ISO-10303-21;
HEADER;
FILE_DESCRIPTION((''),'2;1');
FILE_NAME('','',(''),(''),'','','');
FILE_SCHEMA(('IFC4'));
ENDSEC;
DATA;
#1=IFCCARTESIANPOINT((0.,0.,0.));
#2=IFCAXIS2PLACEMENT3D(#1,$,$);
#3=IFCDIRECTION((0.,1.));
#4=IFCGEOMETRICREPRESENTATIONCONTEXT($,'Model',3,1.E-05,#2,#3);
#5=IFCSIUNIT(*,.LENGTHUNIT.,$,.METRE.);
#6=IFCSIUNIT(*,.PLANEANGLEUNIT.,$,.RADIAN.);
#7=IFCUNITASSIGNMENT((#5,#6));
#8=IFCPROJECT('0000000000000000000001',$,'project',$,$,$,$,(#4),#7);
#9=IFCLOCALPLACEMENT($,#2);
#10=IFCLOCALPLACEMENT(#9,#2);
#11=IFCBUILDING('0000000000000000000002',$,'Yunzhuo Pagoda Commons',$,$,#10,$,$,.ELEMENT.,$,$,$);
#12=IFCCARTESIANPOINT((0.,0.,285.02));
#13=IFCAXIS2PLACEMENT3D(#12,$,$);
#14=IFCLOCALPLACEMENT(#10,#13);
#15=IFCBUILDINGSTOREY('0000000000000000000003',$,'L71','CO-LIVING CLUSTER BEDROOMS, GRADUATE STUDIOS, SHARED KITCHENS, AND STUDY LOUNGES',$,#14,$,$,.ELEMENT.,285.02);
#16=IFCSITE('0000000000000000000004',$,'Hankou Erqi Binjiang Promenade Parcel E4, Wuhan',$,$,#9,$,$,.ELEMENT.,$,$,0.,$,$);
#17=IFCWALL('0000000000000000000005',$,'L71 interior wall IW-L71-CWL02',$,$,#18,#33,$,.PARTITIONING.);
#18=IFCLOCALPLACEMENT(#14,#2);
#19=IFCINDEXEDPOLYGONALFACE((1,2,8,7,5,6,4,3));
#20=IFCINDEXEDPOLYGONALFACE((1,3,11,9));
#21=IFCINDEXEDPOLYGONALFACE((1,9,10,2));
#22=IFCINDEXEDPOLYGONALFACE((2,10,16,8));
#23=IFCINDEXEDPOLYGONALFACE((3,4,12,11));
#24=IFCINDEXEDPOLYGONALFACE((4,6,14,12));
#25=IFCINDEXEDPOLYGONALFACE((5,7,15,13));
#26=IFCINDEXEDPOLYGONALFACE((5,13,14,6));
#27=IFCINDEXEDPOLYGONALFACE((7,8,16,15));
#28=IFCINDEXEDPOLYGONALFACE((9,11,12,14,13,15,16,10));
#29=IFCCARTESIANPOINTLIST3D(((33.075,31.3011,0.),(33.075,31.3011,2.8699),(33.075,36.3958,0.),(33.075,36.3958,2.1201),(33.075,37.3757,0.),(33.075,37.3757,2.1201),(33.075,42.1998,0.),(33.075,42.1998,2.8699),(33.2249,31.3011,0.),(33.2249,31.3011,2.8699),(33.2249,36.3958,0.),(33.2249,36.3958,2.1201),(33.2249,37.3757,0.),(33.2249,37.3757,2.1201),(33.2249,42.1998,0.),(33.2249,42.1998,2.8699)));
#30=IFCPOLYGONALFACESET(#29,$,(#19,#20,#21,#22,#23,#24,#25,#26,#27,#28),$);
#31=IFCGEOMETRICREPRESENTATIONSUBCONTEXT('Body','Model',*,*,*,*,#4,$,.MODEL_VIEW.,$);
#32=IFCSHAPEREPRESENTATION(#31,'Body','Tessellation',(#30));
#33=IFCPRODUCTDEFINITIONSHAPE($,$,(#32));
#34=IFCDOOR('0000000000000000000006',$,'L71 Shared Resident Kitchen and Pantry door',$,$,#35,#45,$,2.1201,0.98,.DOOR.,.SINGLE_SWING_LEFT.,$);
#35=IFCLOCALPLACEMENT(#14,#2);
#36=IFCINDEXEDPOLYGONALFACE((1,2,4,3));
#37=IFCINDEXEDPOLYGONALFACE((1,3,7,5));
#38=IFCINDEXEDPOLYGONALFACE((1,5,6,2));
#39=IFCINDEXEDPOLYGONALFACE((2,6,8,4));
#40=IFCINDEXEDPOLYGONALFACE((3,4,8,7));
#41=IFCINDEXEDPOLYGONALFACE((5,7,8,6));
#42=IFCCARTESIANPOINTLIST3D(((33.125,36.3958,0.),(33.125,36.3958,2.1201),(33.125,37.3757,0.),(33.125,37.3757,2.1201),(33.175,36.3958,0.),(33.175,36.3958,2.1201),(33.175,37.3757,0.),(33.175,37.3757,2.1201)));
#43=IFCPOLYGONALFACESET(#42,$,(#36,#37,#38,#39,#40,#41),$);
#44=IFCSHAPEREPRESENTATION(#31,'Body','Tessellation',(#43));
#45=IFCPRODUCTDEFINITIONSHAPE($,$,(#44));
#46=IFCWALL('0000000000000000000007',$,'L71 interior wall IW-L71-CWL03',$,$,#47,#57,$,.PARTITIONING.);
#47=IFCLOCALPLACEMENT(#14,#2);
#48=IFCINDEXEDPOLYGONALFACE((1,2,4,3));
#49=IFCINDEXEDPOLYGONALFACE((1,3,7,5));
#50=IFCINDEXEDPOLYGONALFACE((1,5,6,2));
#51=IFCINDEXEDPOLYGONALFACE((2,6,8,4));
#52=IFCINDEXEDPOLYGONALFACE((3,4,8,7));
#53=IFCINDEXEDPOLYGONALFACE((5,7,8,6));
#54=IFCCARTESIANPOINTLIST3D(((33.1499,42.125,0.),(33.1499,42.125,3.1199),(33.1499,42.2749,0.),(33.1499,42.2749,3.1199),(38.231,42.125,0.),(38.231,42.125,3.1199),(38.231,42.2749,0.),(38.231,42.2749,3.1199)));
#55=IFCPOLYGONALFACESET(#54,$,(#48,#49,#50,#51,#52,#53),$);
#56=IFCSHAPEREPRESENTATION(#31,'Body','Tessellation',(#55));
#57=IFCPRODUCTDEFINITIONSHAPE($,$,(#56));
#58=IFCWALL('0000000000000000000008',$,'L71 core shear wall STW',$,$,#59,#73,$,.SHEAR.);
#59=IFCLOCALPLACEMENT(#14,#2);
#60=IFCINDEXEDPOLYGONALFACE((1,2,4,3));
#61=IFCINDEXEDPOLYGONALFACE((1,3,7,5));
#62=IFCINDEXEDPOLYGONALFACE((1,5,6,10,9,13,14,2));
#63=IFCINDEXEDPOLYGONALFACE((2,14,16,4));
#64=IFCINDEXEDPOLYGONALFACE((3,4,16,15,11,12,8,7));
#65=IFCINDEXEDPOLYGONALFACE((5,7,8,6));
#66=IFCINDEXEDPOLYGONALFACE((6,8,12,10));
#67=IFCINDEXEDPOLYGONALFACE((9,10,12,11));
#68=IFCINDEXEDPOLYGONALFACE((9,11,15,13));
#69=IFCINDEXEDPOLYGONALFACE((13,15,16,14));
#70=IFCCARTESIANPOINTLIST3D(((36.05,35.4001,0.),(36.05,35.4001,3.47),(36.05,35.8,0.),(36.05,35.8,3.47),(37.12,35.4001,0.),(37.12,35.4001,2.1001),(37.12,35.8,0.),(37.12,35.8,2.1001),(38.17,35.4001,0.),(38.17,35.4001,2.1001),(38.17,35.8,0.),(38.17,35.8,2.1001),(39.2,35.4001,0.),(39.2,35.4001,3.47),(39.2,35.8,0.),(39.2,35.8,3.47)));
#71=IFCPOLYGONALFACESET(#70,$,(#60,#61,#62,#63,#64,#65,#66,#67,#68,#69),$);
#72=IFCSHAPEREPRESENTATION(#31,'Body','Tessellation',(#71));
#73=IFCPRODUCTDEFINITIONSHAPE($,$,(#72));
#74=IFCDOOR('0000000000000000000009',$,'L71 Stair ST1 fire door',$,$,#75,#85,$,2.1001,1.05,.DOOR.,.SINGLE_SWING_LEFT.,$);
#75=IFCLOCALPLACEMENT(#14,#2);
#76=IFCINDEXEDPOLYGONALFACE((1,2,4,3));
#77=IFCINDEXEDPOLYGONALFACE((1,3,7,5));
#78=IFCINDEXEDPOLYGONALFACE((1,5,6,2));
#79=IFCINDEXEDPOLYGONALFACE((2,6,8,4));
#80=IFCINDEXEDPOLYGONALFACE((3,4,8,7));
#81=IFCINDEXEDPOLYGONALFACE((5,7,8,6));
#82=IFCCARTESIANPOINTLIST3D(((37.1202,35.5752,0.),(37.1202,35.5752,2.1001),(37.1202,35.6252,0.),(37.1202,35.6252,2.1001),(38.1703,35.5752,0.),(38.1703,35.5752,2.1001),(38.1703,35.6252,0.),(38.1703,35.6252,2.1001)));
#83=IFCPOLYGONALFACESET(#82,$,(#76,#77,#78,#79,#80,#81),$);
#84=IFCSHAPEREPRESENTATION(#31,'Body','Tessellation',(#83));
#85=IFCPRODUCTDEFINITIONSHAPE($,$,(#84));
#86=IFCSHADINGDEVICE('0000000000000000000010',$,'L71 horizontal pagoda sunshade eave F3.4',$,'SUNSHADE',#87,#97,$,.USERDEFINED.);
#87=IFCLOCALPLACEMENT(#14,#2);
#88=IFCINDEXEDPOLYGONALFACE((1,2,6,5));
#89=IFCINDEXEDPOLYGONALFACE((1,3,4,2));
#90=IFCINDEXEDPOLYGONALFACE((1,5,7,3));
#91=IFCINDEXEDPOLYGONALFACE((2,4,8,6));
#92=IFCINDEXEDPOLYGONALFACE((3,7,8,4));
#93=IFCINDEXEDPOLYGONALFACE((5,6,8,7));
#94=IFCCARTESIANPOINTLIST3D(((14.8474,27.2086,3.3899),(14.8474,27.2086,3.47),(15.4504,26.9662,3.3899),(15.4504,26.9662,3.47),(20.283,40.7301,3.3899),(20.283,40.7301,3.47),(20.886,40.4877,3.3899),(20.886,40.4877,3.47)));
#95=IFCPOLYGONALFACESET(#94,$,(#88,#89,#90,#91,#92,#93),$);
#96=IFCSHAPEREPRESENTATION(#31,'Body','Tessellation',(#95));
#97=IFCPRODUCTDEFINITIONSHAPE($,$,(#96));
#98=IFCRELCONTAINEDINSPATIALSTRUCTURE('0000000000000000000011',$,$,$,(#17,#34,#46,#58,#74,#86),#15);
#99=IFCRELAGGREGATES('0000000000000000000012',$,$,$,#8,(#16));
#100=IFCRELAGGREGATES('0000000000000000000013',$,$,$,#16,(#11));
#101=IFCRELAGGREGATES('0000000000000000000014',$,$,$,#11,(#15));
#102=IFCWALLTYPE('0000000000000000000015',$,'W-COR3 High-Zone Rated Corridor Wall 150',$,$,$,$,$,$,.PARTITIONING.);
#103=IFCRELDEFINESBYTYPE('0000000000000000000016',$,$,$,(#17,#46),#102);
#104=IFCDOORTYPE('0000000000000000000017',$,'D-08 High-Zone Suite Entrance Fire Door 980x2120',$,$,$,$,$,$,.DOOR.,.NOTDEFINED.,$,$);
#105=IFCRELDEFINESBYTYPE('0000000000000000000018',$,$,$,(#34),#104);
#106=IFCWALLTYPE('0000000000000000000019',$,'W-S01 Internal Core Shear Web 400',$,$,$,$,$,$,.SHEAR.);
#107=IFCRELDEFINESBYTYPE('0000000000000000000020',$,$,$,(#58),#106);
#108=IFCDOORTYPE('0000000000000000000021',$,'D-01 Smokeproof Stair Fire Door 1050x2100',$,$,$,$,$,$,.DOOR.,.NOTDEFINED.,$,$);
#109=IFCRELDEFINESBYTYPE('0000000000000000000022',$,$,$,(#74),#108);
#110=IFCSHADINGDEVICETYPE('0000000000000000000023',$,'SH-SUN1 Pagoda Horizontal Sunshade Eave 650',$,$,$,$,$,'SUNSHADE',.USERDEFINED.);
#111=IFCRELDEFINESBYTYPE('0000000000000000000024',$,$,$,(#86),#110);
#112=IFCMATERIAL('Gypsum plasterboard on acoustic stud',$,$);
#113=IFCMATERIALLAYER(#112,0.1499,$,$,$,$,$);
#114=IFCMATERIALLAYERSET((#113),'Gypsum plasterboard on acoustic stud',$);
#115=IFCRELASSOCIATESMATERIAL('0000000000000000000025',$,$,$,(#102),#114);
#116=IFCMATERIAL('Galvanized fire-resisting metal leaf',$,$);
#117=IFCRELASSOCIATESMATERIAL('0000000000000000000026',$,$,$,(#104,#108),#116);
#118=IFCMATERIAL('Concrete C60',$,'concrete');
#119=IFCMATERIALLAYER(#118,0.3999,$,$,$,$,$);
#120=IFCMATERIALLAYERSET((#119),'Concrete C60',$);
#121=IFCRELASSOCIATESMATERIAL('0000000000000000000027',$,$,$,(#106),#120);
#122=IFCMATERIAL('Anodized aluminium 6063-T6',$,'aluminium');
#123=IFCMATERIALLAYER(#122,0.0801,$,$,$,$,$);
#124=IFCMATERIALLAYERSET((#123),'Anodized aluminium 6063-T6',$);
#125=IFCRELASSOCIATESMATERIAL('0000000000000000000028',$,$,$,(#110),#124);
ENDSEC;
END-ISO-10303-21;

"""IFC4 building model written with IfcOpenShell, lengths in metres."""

from ifc_helpers import new_model, si_unit, direction, frame, frame_2d, origin, origin_with_axes, origin_2d, place, context, subcontext, project, spatial, rectangle, extrude, source, transform, mapped, material, layer, layer_set, type_object, element, fill, save


model = new_model("IFC4")

# Units and contexts
model_context = context("Model", 3, precision=1e-05, world=origin(), true_north=direction((0.0, 1.0)))
body_context = subcontext(model_context, "Body", "Model", "MODEL_VIEW")
ifc_project = project(units=[si_unit("LENGTHUNIT", "METRE"), si_unit("PLANEANGLEUNIT", "RADIAN")], contexts=[model_context])

# Site, building, storey
site_placement = place(None, origin())
site = spatial("IfcSite", under=ifc_project, at=site_placement, Name="Hankou Erqi Binjiang Promenade Parcel E4, Wuhan", CompositionType="ELEMENT", RefElevation=0.0)
building_placement = place(site_placement, origin())
building = spatial("IfcBuilding", under=site, at=building_placement, Name="Yunzhuo Pagoda Commons", CompositionType="ELEMENT")
storey_placement = place(building_placement, frame((0.0, 0.0, 285.02)))
storey = spatial("IfcBuildingStorey", under=building, at=storey_placement, Name="L71", Description="CO-LIVING CLUSTER BEDROOMS, GRADUATE STUDIOS, SHARED KITCHENS, AND STUDY LOUNGES", CompositionType="ELEMENT", Elevation=285.02)

# Shared definitions
ifc_material_1 = material(Name="Anodized aluminium 6063-T6", Category="aluminium")

# Wall, opening, door
ifc_material_2 = material(Name="Galvanized fire-resisting metal leaf")
shared_shape_1 = source(origin(), body_context, "Body", "SweptSolid", [
    extrude(rectangle(XDim=1.05, YDim=2.1001, at=frame_2d((0.5249, 1.05))), frame((0.0, 0.0249, 0.0), z_axis=(0.0, -1.0, 0.0), x_axis=(1.0, 0.0, 0.0)), (0.0, 0.0, 1.0), 0.05),
])
ifc_material_3 = material(Name="Gypsum plasterboard on acoustic stud")
ifc_layer_1 = layer(ifc_material_3, 0.1499)
ifc_layer_set_1 = layer_set([ifc_layer_1], Name="Gypsum plasterboard on acoustic stud")
wall_type_1 = type_object("IfcWallType", Name="W-COR3 High-Zone Rated Corridor Wall 150", PredefinedType="PARTITIONING", material=ifc_layer_set_1)
wall_1_placement = place(storey_placement, frame((33.1499, 31.3013, 0.0), z_axis=(0.0, 0.0, 1.0), x_axis=(0.0, 1.0, 0.0)))
wall_1 = element("IfcWall", 1, at=wall_1_placement, inside=storey, type_object=wall_type_1, Name="L71 interior wall IW-L71-CWL02", PredefinedType="PARTITIONING", context=body_context, shape_type="SweptSolid", body=[
    extrude(rectangle(XDim=10.8987, YDim=0.1499, at=frame_2d((5.4492, 0.0))), origin(), (0.0, 0.0, 1.0), 2.8699),
])
opening_1_placement = place(wall_1_placement, frame((5.0945, 0.0, 0.0)))
opening_1 = element("IfcOpeningElement", 2, at=opening_1_placement, cuts=wall_1, PredefinedType="OPENING", context=body_context, shape_type="SweptSolid", body=[
    extrude(rectangle(XDim=0.98, YDim=2.1201, at=frame_2d((0.49, 1.0601))), frame((0.0, 0.085, 0.0), z_axis=(0.0, -1.0, 0.0), x_axis=(1.0, 0.0, 0.0)), (0.0, 0.0, 1.0), 0.1699),
])
door_type_1 = type_object("IfcDoorType", Name="D-08 High-Zone Suite Entrance Fire Door 980x2120", OperationType="NOTDEFINED", PredefinedType="DOOR", material=ifc_material_2)
shared_shape_2 = source(origin(), body_context, "Body", "SweptSolid", [
    extrude(rectangle(XDim=0.98, YDim=2.1201, at=frame_2d((0.49, 1.0601))), frame((0.0, 0.0249, 0.0), z_axis=(0.0, -1.0, 0.0), x_axis=(1.0, 0.0, 0.0)), (0.0, 0.0, 1.0), 0.05),
])
door_1_placement = place(opening_1_placement, origin_with_axes())
door_1 = element("IfcDoor", 3, at=door_1_placement, inside=storey, type_object=door_type_1, Name="L71 Shared Resident Kitchen and Pantry door", OperationType="SINGLE_SWING_LEFT", OverallHeight=2.1201, OverallWidth=0.98, PredefinedType="DOOR", context=body_context, shape_type="MappedRepresentation", body=[
    mapped(shared_shape_2, transform((0.0, 0.0, 0.0), scale=1.0)),
])
fill(opening_1, door_1)

# Wall
wall_2_placement = place(storey_placement, frame((33.1499, 42.2, 0.0), z_axis=(0.0, 0.0, 1.0), x_axis=(1.0, 0.0, 0.0)))
element("IfcWall", 4, at=wall_2_placement, inside=storey, type_object=wall_type_1, Name="L71 interior wall IW-L71-CWL03", PredefinedType="PARTITIONING", context=body_context, shape_type="SweptSolid", body=[
    extrude(rectangle(XDim=5.0811, YDim=0.1499, at=frame_2d((2.5405, 0.0))), origin(), (0.0, 0.0, 1.0), 3.1199),
])

# Wall, opening, door
ifc_material_4 = material(Name="Concrete C60", Category="concrete")
ifc_layer_2 = layer(ifc_material_4, 0.3999)
ifc_layer_set_2 = layer_set([ifc_layer_2], Name="Concrete C60")
wall_type_2 = type_object("IfcWallType", Name="W-S01 Internal Core Shear Web 400", PredefinedType="SHEAR", material=ifc_layer_set_2)
wall_3_placement = place(storey_placement, frame((36.05, 35.6001, 0.0), z_axis=(0.0, 0.0, 1.0), x_axis=(1.0, 0.0, 0.0)))
wall_3 = element("IfcWall", 5, at=wall_3_placement, inside=storey, type_object=wall_type_2, Name="L71 core shear wall STW", PredefinedType="SHEAR", context=body_context, shape_type="SweptSolid", body=[
    extrude(rectangle(XDim=3.1499, YDim=0.3999, at=frame_2d((1.575, 0.0))), origin(), (0.0, 0.0, 1.0), 3.47),
])
opening_2_placement = place(wall_3_placement, frame((1.0701, 0.0, 0.0)))
opening_2 = element("IfcOpeningElement", 6, at=opening_2_placement, cuts=wall_3, PredefinedType="OPENING", context=body_context, shape_type="SweptSolid", body=[
    extrude(rectangle(XDim=1.05, YDim=2.1001, at=frame_2d((0.5249, 1.05))), frame((0.0, 0.21, 0.0), z_axis=(0.0, -1.0, 0.0), x_axis=(1.0, 0.0, 0.0)), (0.0, 0.0, 1.0), 0.4199),
])
door_type_2 = type_object("IfcDoorType", Name="D-01 Smokeproof Stair Fire Door 1050x2100", OperationType="NOTDEFINED", PredefinedType="DOOR", material=ifc_material_2)
door_2_placement = place(opening_2_placement, frame((1.05, 0.0, 0.0), z_axis=(0.0, 0.0, 1.0), x_axis=(-1.0, 0.0, 0.0)))
door_2 = element("IfcDoor", 7, at=door_2_placement, inside=storey, type_object=door_type_2, Name="L71 Stair ST1 fire door", OperationType="SINGLE_SWING_LEFT", OverallHeight=2.1001, OverallWidth=1.05, PredefinedType="DOOR", context=body_context, shape_type="MappedRepresentation", body=[
    mapped(shared_shape_1, transform((0.0, 0.0, 0.0), scale=1.0)),
])
fill(opening_2, door_2)

# Shading device
ifc_layer_3 = layer(ifc_material_1, 0.0801)
ifc_layer_set_3 = layer_set([ifc_layer_3], Name="Anodized aluminium 6063-T6")
shading_device_type = type_object("IfcShadingDeviceType", Name="SH-SUN1 Pagoda Horizontal Sunshade Eave 650", ElementType="SUNSHADE", PredefinedType="USERDEFINED", material=ifc_layer_set_3)
shared_shape_3 = source(origin(), body_context, "Body", "SweptSolid", [
    extrude(rectangle(XDim=14.5732, YDim=0.6499, at=origin_2d()), origin(), (0.0, 0.0, 1.0), 0.0801),
])
shading_device_placement = place(storey_placement, frame((17.8667, 33.8481, 3.3899), z_axis=(0.0, 0.0, 1.0), x_axis=(-0.372988, -0.927836, 0.0)))
element("IfcShadingDevice", 8, at=shading_device_placement, inside=storey, type_object=shading_device_type, Name="L71 horizontal pagoda sunshade eave F3.4", ObjectType="SUNSHADE", PredefinedType="USERDEFINED", context=body_context, shape_type="MappedRepresentation", body=[
    mapped(shared_shape_3, transform((0.0, 0.0, 0.0), scale=1.0)),
])

save(model, "model.ifc")
